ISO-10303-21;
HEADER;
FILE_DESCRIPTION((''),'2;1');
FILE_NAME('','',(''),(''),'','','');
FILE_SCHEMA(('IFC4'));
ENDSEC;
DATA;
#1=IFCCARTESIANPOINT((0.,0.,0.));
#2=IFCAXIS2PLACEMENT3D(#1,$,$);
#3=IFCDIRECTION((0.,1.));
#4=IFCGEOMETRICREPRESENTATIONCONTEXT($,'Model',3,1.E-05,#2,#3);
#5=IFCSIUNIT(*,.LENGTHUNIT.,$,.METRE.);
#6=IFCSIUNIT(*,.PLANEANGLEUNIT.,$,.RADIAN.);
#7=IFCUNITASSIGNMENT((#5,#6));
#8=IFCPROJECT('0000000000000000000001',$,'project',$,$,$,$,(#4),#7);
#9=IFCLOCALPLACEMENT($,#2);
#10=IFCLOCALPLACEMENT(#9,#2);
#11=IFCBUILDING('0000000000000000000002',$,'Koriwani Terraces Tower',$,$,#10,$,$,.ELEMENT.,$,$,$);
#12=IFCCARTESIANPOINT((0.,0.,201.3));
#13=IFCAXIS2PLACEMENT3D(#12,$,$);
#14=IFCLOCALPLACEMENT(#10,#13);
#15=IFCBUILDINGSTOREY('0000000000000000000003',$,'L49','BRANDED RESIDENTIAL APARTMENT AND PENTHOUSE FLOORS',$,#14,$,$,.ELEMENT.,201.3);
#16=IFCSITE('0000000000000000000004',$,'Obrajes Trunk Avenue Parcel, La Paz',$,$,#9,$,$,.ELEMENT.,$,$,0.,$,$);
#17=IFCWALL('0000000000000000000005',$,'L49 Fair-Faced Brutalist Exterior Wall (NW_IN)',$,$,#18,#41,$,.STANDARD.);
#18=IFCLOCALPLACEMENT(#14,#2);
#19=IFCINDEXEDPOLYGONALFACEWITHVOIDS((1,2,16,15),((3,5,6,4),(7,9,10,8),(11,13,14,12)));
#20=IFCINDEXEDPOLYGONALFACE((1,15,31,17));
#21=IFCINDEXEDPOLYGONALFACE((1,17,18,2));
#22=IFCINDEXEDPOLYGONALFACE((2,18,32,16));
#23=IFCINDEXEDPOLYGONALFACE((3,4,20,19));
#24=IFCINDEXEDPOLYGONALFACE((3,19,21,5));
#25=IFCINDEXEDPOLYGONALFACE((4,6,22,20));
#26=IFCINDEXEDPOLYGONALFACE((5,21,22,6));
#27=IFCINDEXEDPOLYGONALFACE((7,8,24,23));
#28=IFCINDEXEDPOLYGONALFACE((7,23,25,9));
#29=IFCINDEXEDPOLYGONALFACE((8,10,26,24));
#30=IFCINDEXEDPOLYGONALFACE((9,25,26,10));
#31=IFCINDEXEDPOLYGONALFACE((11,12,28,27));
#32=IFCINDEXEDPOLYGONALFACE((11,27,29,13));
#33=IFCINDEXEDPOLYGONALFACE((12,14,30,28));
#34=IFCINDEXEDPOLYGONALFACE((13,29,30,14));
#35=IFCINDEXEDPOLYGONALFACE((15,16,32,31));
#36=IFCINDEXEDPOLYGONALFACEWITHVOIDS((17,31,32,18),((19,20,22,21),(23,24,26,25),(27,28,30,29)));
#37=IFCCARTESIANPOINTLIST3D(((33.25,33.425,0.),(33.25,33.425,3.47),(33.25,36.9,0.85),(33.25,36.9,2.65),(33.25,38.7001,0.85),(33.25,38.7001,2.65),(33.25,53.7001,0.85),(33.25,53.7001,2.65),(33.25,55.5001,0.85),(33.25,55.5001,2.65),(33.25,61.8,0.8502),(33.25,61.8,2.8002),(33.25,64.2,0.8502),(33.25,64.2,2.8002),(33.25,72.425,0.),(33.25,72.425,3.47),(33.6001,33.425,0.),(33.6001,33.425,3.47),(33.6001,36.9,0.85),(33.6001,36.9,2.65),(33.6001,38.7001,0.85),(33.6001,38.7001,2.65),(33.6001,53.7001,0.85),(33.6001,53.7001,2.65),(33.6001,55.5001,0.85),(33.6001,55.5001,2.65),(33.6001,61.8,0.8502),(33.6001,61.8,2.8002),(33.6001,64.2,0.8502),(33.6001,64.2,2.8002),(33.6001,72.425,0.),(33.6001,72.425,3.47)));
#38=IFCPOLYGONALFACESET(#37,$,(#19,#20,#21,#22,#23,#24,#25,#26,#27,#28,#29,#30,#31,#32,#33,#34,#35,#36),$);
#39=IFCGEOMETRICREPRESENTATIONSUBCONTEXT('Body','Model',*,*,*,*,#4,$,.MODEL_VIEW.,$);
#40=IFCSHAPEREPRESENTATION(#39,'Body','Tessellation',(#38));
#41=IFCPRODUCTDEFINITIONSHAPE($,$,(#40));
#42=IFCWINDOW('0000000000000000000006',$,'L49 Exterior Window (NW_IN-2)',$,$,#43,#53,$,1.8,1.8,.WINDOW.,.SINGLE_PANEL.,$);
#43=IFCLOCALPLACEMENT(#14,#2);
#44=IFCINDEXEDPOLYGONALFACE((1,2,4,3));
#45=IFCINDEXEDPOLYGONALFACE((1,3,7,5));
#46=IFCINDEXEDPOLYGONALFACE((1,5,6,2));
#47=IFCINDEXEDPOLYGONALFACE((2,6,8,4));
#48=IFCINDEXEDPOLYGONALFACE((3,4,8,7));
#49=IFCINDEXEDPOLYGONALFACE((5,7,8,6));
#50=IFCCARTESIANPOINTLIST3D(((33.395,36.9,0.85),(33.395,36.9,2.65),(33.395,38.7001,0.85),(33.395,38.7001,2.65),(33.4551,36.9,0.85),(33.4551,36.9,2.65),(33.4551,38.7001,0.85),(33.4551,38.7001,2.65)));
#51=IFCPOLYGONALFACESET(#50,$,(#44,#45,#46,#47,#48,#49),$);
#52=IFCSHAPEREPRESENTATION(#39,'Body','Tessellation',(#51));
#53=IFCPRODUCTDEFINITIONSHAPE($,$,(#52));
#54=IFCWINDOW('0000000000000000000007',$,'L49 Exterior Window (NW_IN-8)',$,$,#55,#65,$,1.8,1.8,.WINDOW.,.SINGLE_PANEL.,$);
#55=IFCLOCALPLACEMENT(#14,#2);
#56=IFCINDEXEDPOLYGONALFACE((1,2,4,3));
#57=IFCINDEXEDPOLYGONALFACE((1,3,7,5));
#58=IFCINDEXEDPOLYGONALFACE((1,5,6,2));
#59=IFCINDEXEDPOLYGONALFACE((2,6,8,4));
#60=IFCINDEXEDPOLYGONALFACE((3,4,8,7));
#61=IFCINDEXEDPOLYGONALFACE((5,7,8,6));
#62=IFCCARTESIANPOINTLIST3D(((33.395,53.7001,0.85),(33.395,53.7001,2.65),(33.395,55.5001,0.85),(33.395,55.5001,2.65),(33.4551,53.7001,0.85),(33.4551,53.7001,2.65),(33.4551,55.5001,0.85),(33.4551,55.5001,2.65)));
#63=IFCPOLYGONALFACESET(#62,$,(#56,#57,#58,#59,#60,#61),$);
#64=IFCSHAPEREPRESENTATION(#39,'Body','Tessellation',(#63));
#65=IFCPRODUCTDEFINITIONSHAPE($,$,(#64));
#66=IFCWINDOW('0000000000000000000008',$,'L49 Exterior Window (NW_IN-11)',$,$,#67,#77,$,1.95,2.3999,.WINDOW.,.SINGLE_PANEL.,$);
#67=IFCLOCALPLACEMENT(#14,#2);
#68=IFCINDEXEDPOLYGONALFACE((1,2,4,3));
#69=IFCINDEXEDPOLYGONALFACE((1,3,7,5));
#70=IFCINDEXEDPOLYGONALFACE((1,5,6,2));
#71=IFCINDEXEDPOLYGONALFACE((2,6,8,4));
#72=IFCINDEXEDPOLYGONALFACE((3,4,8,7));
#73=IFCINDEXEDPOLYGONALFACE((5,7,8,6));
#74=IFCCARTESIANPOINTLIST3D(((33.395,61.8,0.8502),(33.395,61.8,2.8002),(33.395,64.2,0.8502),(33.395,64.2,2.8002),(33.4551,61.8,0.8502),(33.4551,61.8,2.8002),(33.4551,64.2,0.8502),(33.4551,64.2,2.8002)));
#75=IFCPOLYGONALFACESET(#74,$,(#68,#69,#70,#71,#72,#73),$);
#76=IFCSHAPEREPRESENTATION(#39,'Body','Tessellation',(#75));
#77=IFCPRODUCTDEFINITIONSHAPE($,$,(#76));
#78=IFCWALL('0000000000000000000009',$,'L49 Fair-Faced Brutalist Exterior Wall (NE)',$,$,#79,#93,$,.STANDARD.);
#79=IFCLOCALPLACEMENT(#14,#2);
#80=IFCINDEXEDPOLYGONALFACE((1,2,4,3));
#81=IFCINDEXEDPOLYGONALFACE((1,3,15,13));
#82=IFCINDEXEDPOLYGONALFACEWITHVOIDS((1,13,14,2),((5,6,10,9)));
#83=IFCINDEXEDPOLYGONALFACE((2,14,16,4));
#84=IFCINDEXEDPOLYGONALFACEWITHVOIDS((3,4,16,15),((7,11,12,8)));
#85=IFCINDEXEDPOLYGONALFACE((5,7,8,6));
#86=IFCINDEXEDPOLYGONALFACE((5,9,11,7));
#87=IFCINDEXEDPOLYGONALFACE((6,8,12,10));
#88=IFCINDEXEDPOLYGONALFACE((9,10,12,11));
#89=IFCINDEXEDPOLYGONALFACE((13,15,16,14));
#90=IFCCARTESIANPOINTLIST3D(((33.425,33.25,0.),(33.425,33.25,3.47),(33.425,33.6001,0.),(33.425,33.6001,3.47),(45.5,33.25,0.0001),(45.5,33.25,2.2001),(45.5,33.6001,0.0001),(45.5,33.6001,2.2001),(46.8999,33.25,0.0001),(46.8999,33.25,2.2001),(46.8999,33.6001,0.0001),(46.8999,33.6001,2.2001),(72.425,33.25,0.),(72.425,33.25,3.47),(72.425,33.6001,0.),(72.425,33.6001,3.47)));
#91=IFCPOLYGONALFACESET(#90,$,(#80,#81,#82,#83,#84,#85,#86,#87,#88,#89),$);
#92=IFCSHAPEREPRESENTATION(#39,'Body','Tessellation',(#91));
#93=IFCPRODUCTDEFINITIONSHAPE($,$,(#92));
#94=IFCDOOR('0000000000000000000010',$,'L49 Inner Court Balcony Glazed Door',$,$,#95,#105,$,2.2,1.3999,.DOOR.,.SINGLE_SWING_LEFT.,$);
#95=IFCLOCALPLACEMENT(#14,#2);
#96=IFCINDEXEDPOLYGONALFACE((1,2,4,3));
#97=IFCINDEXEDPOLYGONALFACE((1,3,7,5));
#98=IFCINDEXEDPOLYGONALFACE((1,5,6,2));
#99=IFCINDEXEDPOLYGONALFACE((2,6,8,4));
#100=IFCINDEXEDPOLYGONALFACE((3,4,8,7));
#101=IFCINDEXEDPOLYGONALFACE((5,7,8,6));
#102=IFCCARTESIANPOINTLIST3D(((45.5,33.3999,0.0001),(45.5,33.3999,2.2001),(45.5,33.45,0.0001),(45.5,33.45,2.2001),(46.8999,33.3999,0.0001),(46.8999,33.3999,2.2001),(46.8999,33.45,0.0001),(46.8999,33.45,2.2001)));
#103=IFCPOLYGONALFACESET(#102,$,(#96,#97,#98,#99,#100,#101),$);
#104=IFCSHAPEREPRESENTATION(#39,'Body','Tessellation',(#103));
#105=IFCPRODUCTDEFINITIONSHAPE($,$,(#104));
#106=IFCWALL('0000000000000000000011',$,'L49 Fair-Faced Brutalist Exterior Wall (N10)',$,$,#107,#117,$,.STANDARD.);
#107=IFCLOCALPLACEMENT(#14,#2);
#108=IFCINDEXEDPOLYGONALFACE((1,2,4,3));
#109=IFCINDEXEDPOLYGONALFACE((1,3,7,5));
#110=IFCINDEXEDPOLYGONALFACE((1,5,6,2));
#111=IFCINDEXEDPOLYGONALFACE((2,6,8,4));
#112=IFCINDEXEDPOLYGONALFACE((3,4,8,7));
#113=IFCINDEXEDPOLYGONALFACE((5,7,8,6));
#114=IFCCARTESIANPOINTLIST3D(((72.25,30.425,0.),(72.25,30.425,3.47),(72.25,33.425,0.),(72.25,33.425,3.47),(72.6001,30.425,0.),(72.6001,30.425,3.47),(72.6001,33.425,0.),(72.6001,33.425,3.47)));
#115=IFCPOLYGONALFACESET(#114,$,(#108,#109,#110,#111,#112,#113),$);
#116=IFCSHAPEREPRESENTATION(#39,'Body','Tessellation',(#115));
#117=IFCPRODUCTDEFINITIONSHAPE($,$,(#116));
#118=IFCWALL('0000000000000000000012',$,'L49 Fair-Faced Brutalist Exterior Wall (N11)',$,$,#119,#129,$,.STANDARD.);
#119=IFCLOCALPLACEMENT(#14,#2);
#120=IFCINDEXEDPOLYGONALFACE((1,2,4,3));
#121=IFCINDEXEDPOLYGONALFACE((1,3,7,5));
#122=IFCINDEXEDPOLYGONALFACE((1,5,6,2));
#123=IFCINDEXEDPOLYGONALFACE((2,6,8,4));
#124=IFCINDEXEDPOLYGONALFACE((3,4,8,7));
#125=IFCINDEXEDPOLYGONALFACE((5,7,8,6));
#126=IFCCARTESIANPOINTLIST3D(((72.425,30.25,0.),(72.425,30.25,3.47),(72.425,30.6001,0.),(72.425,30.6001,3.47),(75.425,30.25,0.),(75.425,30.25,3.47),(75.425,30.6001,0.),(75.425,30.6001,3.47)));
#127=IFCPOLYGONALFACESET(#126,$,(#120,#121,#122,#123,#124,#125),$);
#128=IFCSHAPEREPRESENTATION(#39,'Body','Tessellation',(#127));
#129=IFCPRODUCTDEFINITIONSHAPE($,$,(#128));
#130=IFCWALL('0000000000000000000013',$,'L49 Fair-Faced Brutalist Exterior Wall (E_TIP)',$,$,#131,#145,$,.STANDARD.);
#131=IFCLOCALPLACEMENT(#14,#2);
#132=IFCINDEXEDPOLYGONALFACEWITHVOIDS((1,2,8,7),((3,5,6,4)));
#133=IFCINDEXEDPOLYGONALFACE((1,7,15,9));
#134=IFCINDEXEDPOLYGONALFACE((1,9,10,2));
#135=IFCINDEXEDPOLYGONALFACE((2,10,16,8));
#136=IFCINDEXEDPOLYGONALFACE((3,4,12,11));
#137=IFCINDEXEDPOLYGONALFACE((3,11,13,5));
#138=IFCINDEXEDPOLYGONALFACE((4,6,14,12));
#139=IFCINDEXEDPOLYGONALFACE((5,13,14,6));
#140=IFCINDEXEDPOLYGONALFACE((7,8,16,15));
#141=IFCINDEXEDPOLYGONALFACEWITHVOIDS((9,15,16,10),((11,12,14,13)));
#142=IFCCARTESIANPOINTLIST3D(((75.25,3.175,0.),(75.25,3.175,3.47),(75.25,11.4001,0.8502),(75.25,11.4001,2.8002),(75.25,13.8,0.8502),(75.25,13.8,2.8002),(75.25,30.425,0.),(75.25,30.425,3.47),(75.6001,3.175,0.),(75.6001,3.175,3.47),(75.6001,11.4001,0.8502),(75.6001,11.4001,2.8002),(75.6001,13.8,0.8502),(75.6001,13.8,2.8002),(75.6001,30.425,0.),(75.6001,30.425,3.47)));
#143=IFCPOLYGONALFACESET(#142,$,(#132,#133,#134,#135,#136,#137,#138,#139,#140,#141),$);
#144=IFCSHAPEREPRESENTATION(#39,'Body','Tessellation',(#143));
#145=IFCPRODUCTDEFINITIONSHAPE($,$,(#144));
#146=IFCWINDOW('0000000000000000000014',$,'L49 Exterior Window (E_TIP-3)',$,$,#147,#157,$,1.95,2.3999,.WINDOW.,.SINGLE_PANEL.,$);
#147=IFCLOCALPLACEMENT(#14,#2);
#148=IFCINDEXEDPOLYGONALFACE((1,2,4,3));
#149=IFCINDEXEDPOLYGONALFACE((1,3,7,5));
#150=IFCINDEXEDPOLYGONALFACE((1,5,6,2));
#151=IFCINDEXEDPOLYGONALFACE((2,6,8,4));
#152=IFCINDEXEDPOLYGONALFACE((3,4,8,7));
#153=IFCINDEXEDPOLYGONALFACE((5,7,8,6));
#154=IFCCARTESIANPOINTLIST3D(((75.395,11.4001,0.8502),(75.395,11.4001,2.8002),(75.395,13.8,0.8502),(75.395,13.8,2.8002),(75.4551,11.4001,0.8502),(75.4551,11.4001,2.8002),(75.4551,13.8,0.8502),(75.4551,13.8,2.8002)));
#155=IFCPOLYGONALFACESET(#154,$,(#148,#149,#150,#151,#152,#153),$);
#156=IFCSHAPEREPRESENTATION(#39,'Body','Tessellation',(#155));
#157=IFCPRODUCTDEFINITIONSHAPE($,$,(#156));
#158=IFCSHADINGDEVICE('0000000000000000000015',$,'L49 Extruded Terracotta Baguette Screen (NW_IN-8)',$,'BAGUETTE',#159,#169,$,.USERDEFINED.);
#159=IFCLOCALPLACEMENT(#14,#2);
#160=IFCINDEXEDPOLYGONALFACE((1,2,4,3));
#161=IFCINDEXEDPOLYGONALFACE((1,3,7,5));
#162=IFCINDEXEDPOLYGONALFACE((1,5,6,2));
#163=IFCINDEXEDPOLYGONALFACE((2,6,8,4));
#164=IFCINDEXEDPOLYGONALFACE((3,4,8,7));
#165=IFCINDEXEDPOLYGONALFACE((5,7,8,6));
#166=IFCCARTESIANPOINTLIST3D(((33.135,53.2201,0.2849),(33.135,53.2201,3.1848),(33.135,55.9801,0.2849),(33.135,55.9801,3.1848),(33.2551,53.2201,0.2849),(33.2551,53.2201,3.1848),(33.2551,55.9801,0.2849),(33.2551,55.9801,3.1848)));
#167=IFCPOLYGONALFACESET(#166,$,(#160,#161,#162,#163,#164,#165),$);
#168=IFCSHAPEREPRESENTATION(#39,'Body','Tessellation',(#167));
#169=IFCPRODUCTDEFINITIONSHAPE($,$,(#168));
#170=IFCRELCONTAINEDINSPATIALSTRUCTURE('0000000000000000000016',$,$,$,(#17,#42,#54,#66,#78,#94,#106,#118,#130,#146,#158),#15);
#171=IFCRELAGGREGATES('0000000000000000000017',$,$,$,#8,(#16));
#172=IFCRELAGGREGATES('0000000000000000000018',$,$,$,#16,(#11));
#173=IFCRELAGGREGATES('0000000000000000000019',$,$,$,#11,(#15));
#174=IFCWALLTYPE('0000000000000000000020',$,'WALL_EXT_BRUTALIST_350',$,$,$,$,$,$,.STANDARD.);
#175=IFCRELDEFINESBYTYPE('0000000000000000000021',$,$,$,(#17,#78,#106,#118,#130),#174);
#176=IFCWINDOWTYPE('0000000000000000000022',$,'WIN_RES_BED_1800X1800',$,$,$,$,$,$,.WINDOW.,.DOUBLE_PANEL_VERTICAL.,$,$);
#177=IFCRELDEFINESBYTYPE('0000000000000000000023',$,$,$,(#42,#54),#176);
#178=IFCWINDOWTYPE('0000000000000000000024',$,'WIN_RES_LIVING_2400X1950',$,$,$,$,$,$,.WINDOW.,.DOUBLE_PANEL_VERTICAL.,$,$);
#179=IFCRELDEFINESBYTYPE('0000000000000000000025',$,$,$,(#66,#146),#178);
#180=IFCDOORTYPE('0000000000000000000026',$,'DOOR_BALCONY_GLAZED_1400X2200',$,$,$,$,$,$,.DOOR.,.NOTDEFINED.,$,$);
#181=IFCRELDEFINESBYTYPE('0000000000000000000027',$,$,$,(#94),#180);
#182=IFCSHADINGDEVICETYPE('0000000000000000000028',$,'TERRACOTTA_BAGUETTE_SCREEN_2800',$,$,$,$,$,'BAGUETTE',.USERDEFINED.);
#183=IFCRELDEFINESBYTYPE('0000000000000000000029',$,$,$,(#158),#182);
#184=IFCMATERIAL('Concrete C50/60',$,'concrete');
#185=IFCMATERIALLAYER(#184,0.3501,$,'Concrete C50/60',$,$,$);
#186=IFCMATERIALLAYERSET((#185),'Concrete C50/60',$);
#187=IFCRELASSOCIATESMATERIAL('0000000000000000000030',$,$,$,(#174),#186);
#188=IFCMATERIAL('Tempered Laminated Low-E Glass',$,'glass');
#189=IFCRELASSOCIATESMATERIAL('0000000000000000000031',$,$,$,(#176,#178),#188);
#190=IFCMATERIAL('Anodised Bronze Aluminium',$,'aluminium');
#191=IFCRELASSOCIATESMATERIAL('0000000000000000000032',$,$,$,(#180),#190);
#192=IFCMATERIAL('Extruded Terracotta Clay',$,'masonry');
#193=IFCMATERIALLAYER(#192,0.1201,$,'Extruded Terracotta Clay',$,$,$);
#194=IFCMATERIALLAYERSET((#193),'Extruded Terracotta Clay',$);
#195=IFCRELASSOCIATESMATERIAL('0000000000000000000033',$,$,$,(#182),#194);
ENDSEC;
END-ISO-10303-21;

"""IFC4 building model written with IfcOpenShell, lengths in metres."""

from ifc_helpers import new_model, si_unit, direction, frame, frame_2d, origin, origin_2d, place, context, subcontext, project, spatial, rectangle, extrude, material, layer, layer_set, type_object, element, fill, save


model = new_model("IFC4")

# Units and contexts
model_context = context("Model", 3, precision=1e-05, world=origin(), true_north=direction((0.0, 1.0)))
body_context = subcontext(model_context, "Body", "Model", "MODEL_VIEW")
ifc_project = project(units=[si_unit("LENGTHUNIT", "METRE"), si_unit("PLANEANGLEUNIT", "RADIAN")], contexts=[model_context])

# Site, building, storey
site_placement = place(None, origin())
site = spatial("IfcSite", under=ifc_project, at=site_placement, Name="Obrajes Trunk Avenue Parcel, La Paz", CompositionType="ELEMENT", RefElevation=0.0)
building_placement = place(site_placement, origin())
building = spatial("IfcBuilding", under=site, at=building_placement, Name="Koriwani Terraces Tower", CompositionType="ELEMENT")
storey_placement = place(building_placement, frame((0.0, 0.0, 201.3)))
storey = spatial("IfcBuildingStorey", under=building, at=storey_placement, Name="L49", Description="BRANDED RESIDENTIAL APARTMENT AND PENTHOUSE FLOORS", CompositionType="ELEMENT", Elevation=201.3)

# Shared definitions
ifc_material_1 = material(Name="Concrete C50/60", Category="concrete")

# Wall, openings, windows
ifc_layer_1 = layer(ifc_material_1, 0.3501, Name="Concrete C50/60")
ifc_layer_set_1 = layer_set([ifc_layer_1], Name="Concrete C50/60")
wall_type_1 = type_object("IfcWallType", Name="WALL_EXT_BRUTALIST_350", PredefinedType="STANDARD", material=ifc_layer_set_1)
wall_1_placement = place(storey_placement, frame((33.425, 72.425, 0.0), z_axis=(0.0, 0.0, 1.0), x_axis=(0.0, -1.0, 0.0)))
wall_1 = element("IfcWall", 1, at=wall_1_placement, inside=storey, type_object=wall_type_1, Name="L49 Fair-Faced Brutalist Exterior Wall (NW_IN)", PredefinedType="STANDARD", context=body_context, shape_type="SweptSolid", body=[
    extrude(rectangle(XDim=39.0, YDim=0.3501, at=frame_2d((19.5, 0.0))), origin(), (0.0, 0.0, 1.0), 3.47),
])
opening_1_placement = place(wall_1_placement, frame((33.7251, 0.0, 0.8501)))
opening_1 = element("IfcOpeningElement", 2, at=opening_1_placement, cuts=wall_1, PredefinedType="OPENING", context=body_context, shape_type="SweptSolid", body=[
    extrude(rectangle(XDim=1.8, YDim=1.8, at=frame_2d((0.8999, 0.8999))), frame((0.0, 0.1851, 0.0), z_axis=(0.0, -1.0, 0.0), x_axis=(1.0, 0.0, 0.0)), (0.0, 0.0, 1.0), 0.3701),
])
opening_2_placement = place(wall_1_placement, frame((16.925, 0.0, 0.8501)))
opening_2 = element("IfcOpeningElement", 3, at=opening_2_placement, cuts=wall_1, PredefinedType="OPENING", context=body_context, shape_type="SweptSolid", body=[
    extrude(rectangle(XDim=1.8, YDim=1.8, at=frame_2d((0.8999, 0.8999))), frame((0.0, 0.1851, 0.0), z_axis=(0.0, -1.0, 0.0), x_axis=(1.0, 0.0, 0.0)), (0.0, 0.0, 1.0), 0.3701),
])
opening_3_placement = place(wall_1_placement, frame((8.2251, 0.0, 0.8501)))
opening_3 = element("IfcOpeningElement", 4, at=opening_3_placement, cuts=wall_1, PredefinedType="OPENING", context=body_context, shape_type="SweptSolid", body=[
    extrude(rectangle(XDim=2.3999, YDim=1.95, at=frame_2d((1.2, 0.9751))), frame((0.0, 0.1851, 0.0), z_axis=(0.0, -1.0, 0.0), x_axis=(1.0, 0.0, 0.0)), (0.0, 0.0, 1.0), 0.3701),
])
ifc_material_2 = material(Name="Tempered Laminated Low-E Glass", Category="glass")
window_type_1 = type_object("IfcWindowType", Name="WIN_RES_BED_1800X1800", PartitioningType="DOUBLE_PANEL_VERTICAL", PredefinedType="WINDOW", material=ifc_material_2)
window_1_placement = place(opening_1_placement, origin())
window_1 = element("IfcWindow", 5, at=window_1_placement, inside=storey, type_object=window_type_1, Name="L49 Exterior Window (NW_IN-2)", OverallHeight=1.8, OverallWidth=1.8, PartitioningType="SINGLE_PANEL", PredefinedType="WINDOW", context=body_context, shape_type="SweptSolid", body=[
    extrude(rectangle(XDim=1.8, YDim=1.8, at=frame_2d((0.8999, 0.8999))), frame((0.0, 0.03, 0.0), z_axis=(0.0, -1.0, 0.0), x_axis=(1.0, 0.0, 0.0)), (0.0, 0.0, 1.0), 0.0601),
])
fill(opening_1, window_1)
window_2_placement = place(opening_2_placement, origin())
window_2 = element("IfcWindow", 6, at=window_2_placement, inside=storey, type_object=window_type_1, Name="L49 Exterior Window (NW_IN-8)", OverallHeight=1.8, OverallWidth=1.8, PartitioningType="SINGLE_PANEL", PredefinedType="WINDOW", context=body_context, shape_type="SweptSolid", body=[
    extrude(rectangle(XDim=1.8, YDim=1.8, at=frame_2d((0.8999, 0.8999))), frame((0.0, 0.03, 0.0), z_axis=(0.0, -1.0, 0.0), x_axis=(1.0, 0.0, 0.0)), (0.0, 0.0, 1.0), 0.0601),
])
fill(opening_2, window_2)
window_type_2 = type_object("IfcWindowType", Name="WIN_RES_LIVING_2400X1950", PartitioningType="DOUBLE_PANEL_VERTICAL", PredefinedType="WINDOW", material=ifc_material_2)
window_3_placement = place(opening_3_placement, origin())
window_3 = element("IfcWindow", 7, at=window_3_placement, inside=storey, type_object=window_type_2, Name="L49 Exterior Window (NW_IN-11)", OverallHeight=1.95, OverallWidth=2.3999, PartitioningType="SINGLE_PANEL", PredefinedType="WINDOW", context=body_context, shape_type="SweptSolid", body=[
    extrude(rectangle(XDim=2.3999, YDim=1.95, at=frame_2d((1.2, 0.9751))), frame((0.0, 0.03, 0.0), z_axis=(0.0, -1.0, 0.0), x_axis=(1.0, 0.0, 0.0)), (0.0, 0.0, 1.0), 0.0601),
])
fill(opening_3, window_3)

# Wall, opening, door
wall_2_placement = place(storey_placement, frame((33.425, 33.425, 0.0), z_axis=(0.0, 0.0, 1.0), x_axis=(1.0, 0.0, 0.0)))
wall_2 = element("IfcWall", 8, at=wall_2_placement, inside=storey, type_object=wall_type_1, Name="L49 Fair-Faced Brutalist Exterior Wall (NE)", PredefinedType="STANDARD", context=body_context, shape_type="SweptSolid", body=[
    extrude(rectangle(XDim=39.0, YDim=0.3501, at=frame_2d((19.5, 0.0))), origin(), (0.0, 0.0, 1.0), 3.47),
])
opening_4_placement = place(wall_2_placement, frame((12.075, 0.0, 0.0)))
opening_4 = element("IfcOpeningElement", 9, at=opening_4_placement, cuts=wall_2, PredefinedType="OPENING", context=body_context, shape_type="SweptSolid", body=[
    extrude(rectangle(XDim=1.3999, YDim=2.2, at=frame_2d((0.7, 1.1001))), frame((0.0, 0.1851, 0.0), z_axis=(0.0, -1.0, 0.0), x_axis=(1.0, 0.0, 0.0)), (0.0, 0.0, 1.0), 0.3701),
])
ifc_material_3 = material(Name="Anodised Bronze Aluminium", Category="aluminium")
door_type = type_object("IfcDoorType", Name="DOOR_BALCONY_GLAZED_1400X2200", OperationType="NOTDEFINED", PredefinedType="DOOR", material=ifc_material_3)
door_placement = place(opening_4_placement, origin())
door = element("IfcDoor", 10, at=door_placement, inside=storey, type_object=door_type, Name="L49 Inner Court Balcony Glazed Door", OperationType="SINGLE_SWING_LEFT", OverallHeight=2.2, OverallWidth=1.3999, PredefinedType="DOOR", context=body_context, shape_type="SweptSolid", body=[
    extrude(rectangle(XDim=1.3999, YDim=2.2, at=frame_2d((0.7, 1.1001))), frame((0.0, 0.0249, 0.0), z_axis=(0.0, -1.0, 0.0), x_axis=(1.0, 0.0, 0.0)), (0.0, 0.0, 1.0), 0.05),
])
fill(opening_4, door)

# Walls
for number, where, z_axis, x_axis, name in (
    (11, (72.425, 33.425, 0.0), (0.0, 0.0, 1.0), (0.0, -1.0, 0.0), "L49 Fair-Faced Brutalist Exterior Wall (N10)"),
    (12, (72.425, 30.425, 0.0), (0.0, 0.0, 1.0), (1.0, 0.0, 0.0), "L49 Fair-Faced Brutalist Exterior Wall (N11)"),
):
    element("IfcWall", number, at=place(storey_placement, frame(where, z_axis=z_axis, x_axis=x_axis)), inside=storey, type_object=wall_type_1, Name=name, PredefinedType="STANDARD", context=body_context, shape_type="SweptSolid", body=[
        extrude(rectangle(XDim=3.0, YDim=0.3501, at=frame_2d((1.5, 0.0))), origin(), (0.0, 0.0, 1.0), 3.47),
    ])

# Wall, opening, window
wall_3_placement = place(storey_placement, frame((75.425, 30.425, 0.0), z_axis=(0.0, 0.0, 1.0), x_axis=(0.0, -1.0, 0.0)))
wall_3 = element("IfcWall", 13, at=wall_3_placement, inside=storey, type_object=wall_type_1, Name="L49 Fair-Faced Brutalist Exterior Wall (E_TIP)", PredefinedType="STANDARD", context=body_context, shape_type="SweptSolid", body=[
    extrude(rectangle(XDim=27.25, YDim=0.3501, at=frame_2d((13.625, 0.0))), origin(), (0.0, 0.0, 1.0), 3.47),
])
opening_5_placement = place(wall_3_placement, frame((16.625, 0.0, 0.8501)))
opening_5 = element("IfcOpeningElement", 14, at=opening_5_placement, cuts=wall_3, PredefinedType="OPENING", context=body_context, shape_type="SweptSolid", body=[
    extrude(rectangle(XDim=2.3999, YDim=1.95, at=frame_2d((1.2, 0.9751))), frame((0.0, 0.1851, 0.0), z_axis=(0.0, -1.0, 0.0), x_axis=(1.0, 0.0, 0.0)), (0.0, 0.0, 1.0), 0.3701),
])
window_4_placement = place(opening_5_placement, origin())
window_4 = element("IfcWindow", 15, at=window_4_placement, inside=storey, type_object=window_type_2, Name="L49 Exterior Window (E_TIP-3)", OverallHeight=1.95, OverallWidth=2.3999, PartitioningType="SINGLE_PANEL", PredefinedType="WINDOW", context=body_context, shape_type="SweptSolid", body=[
    extrude(rectangle(XDim=2.3999, YDim=1.95, at=frame_2d((1.2, 0.9751))), frame((0.0, 0.03, 0.0), z_axis=(0.0, -1.0, 0.0), x_axis=(1.0, 0.0, 0.0)), (0.0, 0.0, 1.0), 0.0601),
])
fill(opening_5, window_4)

# Shading device
ifc_material_4 = material(Name="Extruded Terracotta Clay", Category="masonry")
ifc_layer_2 = layer(ifc_material_4, 0.1201, Name="Extruded Terracotta Clay")
ifc_layer_set_2 = layer_set([ifc_layer_2], Name="Extruded Terracotta Clay")
shading_device_type = type_object("IfcShadingDeviceType", Name="TERRACOTTA_BAGUETTE_SCREEN_2800", ElementType="BAGUETTE", PredefinedType="USERDEFINED", material=ifc_layer_set_2)
shading_device_placement = place(storey_placement, frame((33.1951, 54.6001, 0.2849), z_axis=(0.0, 0.0, 1.0), x_axis=(0.0, -1.0, 0.0)))
element("IfcShadingDevice", 16, at=shading_device_placement, inside=storey, type_object=shading_device_type, Name="L49 Extruded Terracotta Baguette Screen (NW_IN-8)", ObjectType="BAGUETTE", PredefinedType="USERDEFINED", context=body_context, shape_type="SweptSolid", body=[
    extrude(rectangle(XDim=2.76, YDim=0.1201, at=origin_2d()), origin(), (0.0, 0.0, 1.0), 2.8999),
])

save(model, "model.ifc")
